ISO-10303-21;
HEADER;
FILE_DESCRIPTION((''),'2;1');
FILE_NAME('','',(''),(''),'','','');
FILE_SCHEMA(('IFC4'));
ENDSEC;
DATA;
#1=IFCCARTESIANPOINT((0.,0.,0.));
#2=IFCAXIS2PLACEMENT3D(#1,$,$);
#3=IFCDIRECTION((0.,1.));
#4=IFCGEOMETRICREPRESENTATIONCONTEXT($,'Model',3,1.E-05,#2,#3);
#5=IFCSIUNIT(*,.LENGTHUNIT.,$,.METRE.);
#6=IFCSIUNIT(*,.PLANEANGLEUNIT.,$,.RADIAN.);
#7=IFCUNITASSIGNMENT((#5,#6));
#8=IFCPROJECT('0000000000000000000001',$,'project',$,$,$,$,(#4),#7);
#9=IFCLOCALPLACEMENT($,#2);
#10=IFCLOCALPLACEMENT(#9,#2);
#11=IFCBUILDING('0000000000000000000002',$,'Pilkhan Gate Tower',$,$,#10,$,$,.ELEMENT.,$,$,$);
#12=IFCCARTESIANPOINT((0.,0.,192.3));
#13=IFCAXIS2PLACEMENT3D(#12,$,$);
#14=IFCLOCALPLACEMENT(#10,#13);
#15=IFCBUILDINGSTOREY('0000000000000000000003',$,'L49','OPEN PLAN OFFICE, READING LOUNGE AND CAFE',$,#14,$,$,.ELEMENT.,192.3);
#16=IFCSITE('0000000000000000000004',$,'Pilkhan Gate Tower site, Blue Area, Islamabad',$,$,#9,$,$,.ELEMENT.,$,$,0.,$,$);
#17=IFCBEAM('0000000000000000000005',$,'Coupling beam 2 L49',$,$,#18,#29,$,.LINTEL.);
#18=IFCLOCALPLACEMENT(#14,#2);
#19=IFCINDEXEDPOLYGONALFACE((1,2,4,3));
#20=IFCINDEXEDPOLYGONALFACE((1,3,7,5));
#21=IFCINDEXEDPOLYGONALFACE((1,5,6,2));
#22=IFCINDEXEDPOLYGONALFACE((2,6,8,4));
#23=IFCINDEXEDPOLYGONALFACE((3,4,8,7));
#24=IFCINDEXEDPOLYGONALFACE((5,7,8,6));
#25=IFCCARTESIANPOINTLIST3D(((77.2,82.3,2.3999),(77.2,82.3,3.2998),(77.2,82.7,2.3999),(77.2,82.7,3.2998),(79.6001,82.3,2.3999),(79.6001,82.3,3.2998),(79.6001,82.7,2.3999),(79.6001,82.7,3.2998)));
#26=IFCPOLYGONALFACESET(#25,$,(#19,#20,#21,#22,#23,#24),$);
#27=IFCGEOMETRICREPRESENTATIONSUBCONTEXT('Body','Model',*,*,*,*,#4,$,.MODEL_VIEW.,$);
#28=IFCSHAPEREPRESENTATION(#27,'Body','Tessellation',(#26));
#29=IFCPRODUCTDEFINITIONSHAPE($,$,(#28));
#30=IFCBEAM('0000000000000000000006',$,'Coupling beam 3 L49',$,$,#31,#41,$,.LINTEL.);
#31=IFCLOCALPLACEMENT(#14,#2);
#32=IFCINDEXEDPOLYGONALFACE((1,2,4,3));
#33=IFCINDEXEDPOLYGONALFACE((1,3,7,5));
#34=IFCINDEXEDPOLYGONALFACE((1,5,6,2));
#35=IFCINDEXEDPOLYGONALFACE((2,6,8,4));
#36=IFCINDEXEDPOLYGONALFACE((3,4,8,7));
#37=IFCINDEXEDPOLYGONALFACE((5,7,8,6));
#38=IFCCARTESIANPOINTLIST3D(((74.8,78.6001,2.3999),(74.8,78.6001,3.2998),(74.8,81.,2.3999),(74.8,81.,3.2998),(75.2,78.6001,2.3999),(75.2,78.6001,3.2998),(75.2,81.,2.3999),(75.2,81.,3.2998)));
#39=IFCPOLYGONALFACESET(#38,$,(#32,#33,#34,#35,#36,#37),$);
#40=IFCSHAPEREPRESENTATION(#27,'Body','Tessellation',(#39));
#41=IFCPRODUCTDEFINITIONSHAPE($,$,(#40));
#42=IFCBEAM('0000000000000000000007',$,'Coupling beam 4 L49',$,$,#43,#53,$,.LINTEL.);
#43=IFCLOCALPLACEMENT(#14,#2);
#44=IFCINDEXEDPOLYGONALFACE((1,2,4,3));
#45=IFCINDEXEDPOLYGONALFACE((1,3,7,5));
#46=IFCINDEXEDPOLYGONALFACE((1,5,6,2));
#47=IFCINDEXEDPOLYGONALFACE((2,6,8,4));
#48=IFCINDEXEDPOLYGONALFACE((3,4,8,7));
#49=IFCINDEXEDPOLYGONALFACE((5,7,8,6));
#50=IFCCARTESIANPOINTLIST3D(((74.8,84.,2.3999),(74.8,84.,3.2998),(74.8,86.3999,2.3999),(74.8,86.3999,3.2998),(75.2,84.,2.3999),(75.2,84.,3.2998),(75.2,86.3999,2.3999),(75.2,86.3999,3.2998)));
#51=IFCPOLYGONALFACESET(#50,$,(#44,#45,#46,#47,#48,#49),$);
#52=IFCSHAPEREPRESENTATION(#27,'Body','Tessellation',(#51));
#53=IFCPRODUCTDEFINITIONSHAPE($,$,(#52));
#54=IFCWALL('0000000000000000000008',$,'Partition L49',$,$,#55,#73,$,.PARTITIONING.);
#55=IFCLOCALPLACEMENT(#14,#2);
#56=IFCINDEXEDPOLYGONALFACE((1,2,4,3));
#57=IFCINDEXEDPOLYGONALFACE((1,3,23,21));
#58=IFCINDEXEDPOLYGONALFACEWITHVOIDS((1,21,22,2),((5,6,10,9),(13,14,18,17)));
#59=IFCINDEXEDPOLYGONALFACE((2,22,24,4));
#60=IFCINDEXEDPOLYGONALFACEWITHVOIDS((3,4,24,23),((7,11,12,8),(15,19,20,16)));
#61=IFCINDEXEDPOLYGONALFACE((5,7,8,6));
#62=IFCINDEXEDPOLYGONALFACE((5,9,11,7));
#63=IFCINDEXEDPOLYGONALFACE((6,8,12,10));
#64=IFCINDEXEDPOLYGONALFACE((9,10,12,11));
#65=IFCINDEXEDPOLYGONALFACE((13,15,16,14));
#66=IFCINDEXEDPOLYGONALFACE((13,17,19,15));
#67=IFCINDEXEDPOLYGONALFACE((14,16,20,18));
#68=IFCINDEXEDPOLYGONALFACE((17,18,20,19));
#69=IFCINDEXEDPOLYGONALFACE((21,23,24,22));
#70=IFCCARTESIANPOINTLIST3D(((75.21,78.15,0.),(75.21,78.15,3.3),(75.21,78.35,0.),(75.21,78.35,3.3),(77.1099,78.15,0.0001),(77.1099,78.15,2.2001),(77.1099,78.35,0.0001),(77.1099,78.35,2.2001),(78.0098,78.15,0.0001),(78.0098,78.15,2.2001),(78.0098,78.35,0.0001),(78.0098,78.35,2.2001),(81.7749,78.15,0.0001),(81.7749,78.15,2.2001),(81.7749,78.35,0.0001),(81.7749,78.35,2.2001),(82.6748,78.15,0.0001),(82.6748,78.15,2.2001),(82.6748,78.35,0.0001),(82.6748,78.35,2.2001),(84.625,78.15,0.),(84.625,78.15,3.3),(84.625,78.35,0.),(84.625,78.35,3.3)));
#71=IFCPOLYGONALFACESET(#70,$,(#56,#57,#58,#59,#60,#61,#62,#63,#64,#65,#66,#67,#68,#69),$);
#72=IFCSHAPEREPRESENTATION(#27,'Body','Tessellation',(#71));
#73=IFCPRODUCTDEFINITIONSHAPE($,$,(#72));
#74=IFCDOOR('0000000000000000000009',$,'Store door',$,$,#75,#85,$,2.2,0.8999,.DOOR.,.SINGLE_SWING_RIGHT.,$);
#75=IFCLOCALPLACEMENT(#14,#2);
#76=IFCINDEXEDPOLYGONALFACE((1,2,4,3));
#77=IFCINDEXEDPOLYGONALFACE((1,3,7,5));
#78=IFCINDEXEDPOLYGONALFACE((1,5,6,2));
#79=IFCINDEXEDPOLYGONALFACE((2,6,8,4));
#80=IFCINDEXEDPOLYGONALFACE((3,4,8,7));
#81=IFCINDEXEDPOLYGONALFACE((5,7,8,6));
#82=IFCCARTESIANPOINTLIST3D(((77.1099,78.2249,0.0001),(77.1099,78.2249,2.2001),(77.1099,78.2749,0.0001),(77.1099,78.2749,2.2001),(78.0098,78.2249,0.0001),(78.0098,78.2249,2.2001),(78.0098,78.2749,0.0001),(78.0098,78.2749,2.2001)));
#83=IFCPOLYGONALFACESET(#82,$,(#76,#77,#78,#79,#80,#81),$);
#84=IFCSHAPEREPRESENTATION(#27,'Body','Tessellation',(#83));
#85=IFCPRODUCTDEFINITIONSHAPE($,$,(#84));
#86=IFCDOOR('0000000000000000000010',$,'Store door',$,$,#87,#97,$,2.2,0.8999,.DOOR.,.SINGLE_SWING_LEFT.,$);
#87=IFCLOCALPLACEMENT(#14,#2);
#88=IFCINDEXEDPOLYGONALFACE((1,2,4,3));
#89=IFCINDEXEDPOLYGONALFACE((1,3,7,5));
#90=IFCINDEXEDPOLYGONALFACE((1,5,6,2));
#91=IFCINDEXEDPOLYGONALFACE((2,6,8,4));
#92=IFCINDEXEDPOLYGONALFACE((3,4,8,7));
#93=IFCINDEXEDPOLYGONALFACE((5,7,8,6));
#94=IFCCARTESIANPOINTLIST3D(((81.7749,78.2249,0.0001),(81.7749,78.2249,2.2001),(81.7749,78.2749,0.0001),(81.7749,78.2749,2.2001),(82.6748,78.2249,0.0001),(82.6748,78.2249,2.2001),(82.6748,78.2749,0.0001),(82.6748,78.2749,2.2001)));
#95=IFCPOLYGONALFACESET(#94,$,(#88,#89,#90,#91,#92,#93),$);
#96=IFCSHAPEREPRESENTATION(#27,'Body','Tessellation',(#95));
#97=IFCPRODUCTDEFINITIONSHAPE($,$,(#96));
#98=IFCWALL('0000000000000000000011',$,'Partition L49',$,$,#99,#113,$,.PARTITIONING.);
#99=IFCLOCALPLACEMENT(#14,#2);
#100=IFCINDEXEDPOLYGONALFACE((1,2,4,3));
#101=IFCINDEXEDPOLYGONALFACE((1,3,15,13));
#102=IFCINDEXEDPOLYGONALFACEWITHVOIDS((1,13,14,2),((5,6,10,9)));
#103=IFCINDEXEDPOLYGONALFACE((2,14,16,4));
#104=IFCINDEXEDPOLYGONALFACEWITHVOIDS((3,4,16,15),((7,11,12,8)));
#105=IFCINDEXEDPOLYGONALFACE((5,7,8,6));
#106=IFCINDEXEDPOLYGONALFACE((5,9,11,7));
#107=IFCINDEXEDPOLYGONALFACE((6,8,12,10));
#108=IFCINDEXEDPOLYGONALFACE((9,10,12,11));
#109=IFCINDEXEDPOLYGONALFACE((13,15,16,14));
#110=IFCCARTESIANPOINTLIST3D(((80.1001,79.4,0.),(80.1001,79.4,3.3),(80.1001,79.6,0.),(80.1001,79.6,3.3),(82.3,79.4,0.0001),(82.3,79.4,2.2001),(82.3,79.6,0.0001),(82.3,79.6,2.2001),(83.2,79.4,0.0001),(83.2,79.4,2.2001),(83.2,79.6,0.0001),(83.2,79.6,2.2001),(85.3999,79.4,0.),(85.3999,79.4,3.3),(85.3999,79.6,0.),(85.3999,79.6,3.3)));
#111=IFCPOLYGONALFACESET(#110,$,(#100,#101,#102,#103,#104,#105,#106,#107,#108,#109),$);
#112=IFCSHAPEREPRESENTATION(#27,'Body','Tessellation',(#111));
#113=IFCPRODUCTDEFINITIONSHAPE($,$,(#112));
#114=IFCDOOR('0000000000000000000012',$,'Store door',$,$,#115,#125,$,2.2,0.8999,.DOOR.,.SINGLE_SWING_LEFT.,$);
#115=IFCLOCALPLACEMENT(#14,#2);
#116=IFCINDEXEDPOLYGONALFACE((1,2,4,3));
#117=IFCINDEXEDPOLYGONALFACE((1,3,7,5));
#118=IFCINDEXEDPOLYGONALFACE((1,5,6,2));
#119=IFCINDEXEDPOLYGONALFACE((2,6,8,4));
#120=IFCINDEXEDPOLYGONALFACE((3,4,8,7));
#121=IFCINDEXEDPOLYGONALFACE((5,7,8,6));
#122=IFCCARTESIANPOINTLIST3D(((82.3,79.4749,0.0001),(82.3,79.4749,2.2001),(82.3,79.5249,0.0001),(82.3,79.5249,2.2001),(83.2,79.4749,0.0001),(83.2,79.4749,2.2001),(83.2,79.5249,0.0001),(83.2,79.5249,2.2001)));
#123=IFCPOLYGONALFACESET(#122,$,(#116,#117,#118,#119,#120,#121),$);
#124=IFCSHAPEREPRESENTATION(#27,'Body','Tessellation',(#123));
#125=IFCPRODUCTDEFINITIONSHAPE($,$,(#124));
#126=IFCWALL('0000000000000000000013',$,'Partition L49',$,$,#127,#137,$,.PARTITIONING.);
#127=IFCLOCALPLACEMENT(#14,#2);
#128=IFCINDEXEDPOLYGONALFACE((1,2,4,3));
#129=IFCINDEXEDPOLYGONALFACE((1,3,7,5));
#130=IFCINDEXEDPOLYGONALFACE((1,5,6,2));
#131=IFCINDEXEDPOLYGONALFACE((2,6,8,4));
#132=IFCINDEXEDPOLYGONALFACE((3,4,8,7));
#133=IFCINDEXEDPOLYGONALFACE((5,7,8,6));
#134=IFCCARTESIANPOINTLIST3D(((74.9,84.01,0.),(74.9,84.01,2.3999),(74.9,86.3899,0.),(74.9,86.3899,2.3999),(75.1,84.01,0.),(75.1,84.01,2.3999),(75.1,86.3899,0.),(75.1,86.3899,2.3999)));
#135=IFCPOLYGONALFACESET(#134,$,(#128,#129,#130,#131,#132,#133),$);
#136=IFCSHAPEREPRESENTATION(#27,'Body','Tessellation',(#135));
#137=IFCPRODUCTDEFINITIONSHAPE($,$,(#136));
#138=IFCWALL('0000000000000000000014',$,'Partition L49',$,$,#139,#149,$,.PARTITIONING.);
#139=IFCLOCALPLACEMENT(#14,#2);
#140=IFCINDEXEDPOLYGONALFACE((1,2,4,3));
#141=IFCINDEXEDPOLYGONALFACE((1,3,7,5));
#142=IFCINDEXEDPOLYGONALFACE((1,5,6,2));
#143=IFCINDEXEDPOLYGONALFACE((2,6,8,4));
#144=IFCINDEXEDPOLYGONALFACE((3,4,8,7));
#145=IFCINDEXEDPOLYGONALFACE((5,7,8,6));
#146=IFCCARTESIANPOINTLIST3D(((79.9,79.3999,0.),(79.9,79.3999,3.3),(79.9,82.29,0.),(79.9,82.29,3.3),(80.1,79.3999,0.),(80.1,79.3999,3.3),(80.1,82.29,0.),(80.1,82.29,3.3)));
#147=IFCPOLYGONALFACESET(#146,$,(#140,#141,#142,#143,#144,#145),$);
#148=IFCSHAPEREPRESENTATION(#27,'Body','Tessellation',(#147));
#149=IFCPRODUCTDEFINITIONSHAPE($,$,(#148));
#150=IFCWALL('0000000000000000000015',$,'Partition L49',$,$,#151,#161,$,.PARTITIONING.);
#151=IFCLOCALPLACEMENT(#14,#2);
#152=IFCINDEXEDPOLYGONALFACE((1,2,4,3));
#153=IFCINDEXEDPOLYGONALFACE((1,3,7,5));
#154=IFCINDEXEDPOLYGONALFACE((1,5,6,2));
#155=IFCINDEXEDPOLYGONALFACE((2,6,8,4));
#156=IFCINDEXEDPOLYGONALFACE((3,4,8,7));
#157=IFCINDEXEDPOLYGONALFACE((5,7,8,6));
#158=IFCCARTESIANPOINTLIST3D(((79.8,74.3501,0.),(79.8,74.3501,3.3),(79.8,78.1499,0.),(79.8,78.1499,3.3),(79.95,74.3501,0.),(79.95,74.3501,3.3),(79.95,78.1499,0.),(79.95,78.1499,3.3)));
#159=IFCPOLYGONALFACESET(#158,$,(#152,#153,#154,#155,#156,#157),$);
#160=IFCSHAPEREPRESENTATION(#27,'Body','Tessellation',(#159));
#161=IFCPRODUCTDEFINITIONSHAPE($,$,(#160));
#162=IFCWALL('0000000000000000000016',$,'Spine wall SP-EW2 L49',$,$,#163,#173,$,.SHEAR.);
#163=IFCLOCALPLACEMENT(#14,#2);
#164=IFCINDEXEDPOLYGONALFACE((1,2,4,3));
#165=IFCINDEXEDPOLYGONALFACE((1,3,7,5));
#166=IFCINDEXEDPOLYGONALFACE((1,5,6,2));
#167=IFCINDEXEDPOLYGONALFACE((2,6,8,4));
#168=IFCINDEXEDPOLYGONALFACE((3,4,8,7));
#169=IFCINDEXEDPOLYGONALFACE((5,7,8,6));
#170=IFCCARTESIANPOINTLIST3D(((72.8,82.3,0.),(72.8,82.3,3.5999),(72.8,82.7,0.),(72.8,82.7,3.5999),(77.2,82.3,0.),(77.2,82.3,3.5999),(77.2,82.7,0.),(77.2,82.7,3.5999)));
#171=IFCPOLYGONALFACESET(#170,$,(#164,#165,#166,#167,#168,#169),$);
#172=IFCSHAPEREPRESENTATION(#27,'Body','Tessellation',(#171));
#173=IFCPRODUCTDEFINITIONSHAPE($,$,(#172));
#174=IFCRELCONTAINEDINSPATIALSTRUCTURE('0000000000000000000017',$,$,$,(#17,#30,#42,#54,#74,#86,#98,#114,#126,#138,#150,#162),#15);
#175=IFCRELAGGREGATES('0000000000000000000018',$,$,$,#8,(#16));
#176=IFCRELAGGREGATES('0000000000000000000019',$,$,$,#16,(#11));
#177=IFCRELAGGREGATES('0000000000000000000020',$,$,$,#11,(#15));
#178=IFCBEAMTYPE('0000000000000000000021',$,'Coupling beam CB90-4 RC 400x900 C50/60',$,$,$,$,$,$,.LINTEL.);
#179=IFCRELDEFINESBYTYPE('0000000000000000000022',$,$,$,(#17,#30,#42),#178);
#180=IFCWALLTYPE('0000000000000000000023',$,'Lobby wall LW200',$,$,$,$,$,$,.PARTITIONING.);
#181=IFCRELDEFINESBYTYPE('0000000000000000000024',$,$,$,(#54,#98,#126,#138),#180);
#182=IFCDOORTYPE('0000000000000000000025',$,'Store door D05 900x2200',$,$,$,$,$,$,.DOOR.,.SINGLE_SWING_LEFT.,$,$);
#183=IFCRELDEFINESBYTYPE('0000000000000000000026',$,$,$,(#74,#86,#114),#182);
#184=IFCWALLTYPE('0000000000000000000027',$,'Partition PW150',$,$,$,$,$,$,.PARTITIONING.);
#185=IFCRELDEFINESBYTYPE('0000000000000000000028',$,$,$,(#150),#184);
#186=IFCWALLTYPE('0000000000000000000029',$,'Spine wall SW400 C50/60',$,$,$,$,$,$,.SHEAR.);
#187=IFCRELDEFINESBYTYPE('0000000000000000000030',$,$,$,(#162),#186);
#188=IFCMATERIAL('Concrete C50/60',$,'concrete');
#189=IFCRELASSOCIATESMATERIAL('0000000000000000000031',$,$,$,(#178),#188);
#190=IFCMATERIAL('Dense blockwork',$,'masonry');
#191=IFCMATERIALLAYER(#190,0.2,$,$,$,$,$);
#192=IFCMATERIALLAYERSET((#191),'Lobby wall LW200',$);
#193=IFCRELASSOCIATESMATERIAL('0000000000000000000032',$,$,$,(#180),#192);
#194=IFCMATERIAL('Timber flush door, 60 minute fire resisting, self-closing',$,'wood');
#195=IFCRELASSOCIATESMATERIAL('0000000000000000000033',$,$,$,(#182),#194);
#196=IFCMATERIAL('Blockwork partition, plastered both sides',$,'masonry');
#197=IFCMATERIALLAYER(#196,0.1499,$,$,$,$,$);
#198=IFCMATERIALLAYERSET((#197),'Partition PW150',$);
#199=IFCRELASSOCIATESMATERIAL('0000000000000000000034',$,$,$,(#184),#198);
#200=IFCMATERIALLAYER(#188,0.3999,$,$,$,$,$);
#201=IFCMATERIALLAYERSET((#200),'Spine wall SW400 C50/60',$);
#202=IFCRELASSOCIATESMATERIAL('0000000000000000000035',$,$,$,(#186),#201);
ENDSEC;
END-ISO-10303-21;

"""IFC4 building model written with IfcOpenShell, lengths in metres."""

from ifc_helpers import new_model, si_unit, direction, frame, frame_2d, origin, origin_2d, place, context, subcontext, project, spatial, rectangle, extrude, material, layer, layer_set, material_profile, profile_set, type_object, element, fill, save


model = new_model("IFC4")

# Units and contexts
model_context = context("Model", 3, precision=1e-05, world=origin(), true_north=direction((0.0, 1.0)))
body_context = subcontext(model_context, "Body", "Model", "MODEL_VIEW")
ifc_project = project(units=[si_unit("LENGTHUNIT", "METRE"), si_unit("PLANEANGLEUNIT", "RADIAN")], contexts=[model_context])

# Site, building, storey
site_placement = place(None, origin())
site = spatial("IfcSite", under=ifc_project, at=site_placement, Name="Pilkhan Gate Tower site, Blue Area, Islamabad", CompositionType="ELEMENT", RefElevation=0.0)
building_placement = place(site_placement, origin())
building = spatial("IfcBuilding", under=site, at=building_placement, Name="Pilkhan Gate Tower", CompositionType="ELEMENT")
storey_placement = place(building_placement, frame((0.0, 0.0, 192.3)))
storey = spatial("IfcBuildingStorey", under=building, at=storey_placement, Name="L49", Description="OPEN PLAN OFFICE, READING LOUNGE AND CAFE", CompositionType="ELEMENT", Elevation=192.3)

# Beams
ifc_material_1 = material(Name="Concrete C50/60", Category="concrete")
ifc_material_profile = material_profile(ifc_material_1, rectangle(XDim=0.3999, YDim=0.8999, at=origin_2d()), Name="RC 400x900")
ifc_profile_set = profile_set([ifc_material_profile], Name="Concrete C50/60")
beam_type = type_object("IfcBeamType", Name="Coupling beam CB90-4 RC 400x900 C50/60", PredefinedType="LINTEL", material=ifc_profile_set)
beam_placement = place(storey_placement, frame((77.2, 82.5, 2.8499), z_axis=(1.0, 0.0, 0.0), x_axis=(0.0, 1.0, 0.0)))
element("IfcBeam", 1, at=beam_placement, inside=storey, type_object=beam_type, Name="Coupling beam 2 L49", PredefinedType="LINTEL", context=body_context, shape_type="SweptSolid", body=[
    extrude(rectangle(XDim=0.3999, YDim=0.8999, at=origin_2d()), origin(), (0.0, 0.0, 1.0), 2.4001),
])
for number, where, z_axis, x_axis, name in (
    (2, (75.0, 78.6001, 2.8499), (0.0, 1.0, 0.0), (-1.0, 0.0, 0.0), "Coupling beam 3 L49"),
    (3, (75.0, 84.0, 2.8499), (0.0, 1.0, 0.0), (-1.0, 0.0, 0.0), "Coupling beam 4 L49"),
):
    element("IfcBeam", number, at=place(storey_placement, frame(where, z_axis=z_axis, x_axis=x_axis)), inside=storey, type_object=beam_type, Name=name, PredefinedType="LINTEL", context=body_context, shape_type="SweptSolid", body=[
        extrude(rectangle(XDim=0.3999, YDim=0.8999, at=origin_2d()), origin(), (0.0, 0.0, 1.0), 2.3999),
    ])

# Wall, openings, doors
ifc_material_2 = material(Name="Dense blockwork", Category="masonry")
ifc_layer_1 = layer(ifc_material_2, 0.2)
ifc_layer_set_1 = layer_set([ifc_layer_1], Name="Lobby wall LW200")
wall_type_1 = type_object("IfcWallType", Name="Lobby wall LW200", PredefinedType="PARTITIONING", material=ifc_layer_set_1)
wall_1_placement = place(storey_placement, frame((75.21, 78.25, 0.0), z_axis=(0.0, 0.0, 1.0), x_axis=(1.0, 0.0, 0.0)))
wall_1 = element("IfcWall", 4, at=wall_1_placement, inside=storey, type_object=wall_type_1, Name="Partition L49", PredefinedType="PARTITIONING", context=body_context, shape_type="SweptSolid", body=[
    extrude(rectangle(XDim=9.415, YDim=0.2, at=frame_2d((4.7075, 0.0))), origin(), (0.0, 0.0, 1.0), 3.3),
])
opening_1_placement = place(wall_1_placement, frame((1.8999, 0.0, 0.0)))
opening_1 = element("IfcOpeningElement", 5, at=opening_1_placement, cuts=wall_1, PredefinedType="OPENING", context=body_context, shape_type="SweptSolid", body=[
    extrude(rectangle(XDim=0.8999, YDim=2.2, at=frame_2d((0.45, 1.1001))), frame((0.0, 0.1099, 0.0), z_axis=(0.0, -1.0, 0.0), x_axis=(1.0, 0.0, 0.0)), (0.0, 0.0, 1.0), 0.22),
])
opening_2_placement = place(wall_1_placement, frame((6.5649, 0.0, 0.0)))
opening_2 = element("IfcOpeningElement", 6, at=opening_2_placement, cuts=wall_1, PredefinedType="OPENING", context=body_context, shape_type="SweptSolid", body=[
    extrude(rectangle(XDim=0.8999, YDim=2.2, at=frame_2d((0.45, 1.1001))), frame((0.0, 0.1099, 0.0), z_axis=(0.0, -1.0, 0.0), x_axis=(1.0, 0.0, 0.0)), (0.0, 0.0, 1.0), 0.22),
])
ifc_material_3 = material(Name="Timber flush door, 60 minute fire resisting, self-closing", Category="wood")
door_type = type_object("IfcDoorType", Name="Store door D05 900x2200", OperationType="SINGLE_SWING_LEFT", PredefinedType="DOOR", material=ifc_material_3)
door_1_placement = place(opening_1_placement, origin())
door_1 = element("IfcDoor", 7, at=door_1_placement, inside=storey, type_object=door_type, Name="Store door", OperationType="SINGLE_SWING_RIGHT", OverallHeight=2.2, OverallWidth=0.8999, PredefinedType="DOOR", context=body_context, shape_type="SweptSolid", body=[
    extrude(rectangle(XDim=0.8999, YDim=2.2, at=frame_2d((0.45, 1.1001))), frame((0.0, 0.0249, 0.0), z_axis=(0.0, -1.0, 0.0), x_axis=(1.0, 0.0, 0.0)), (0.0, 0.0, 1.0), 0.05),
])
fill(opening_1, door_1)
door_2_placement = place(opening_2_placement, origin())
door_2 = element("IfcDoor", 8, at=door_2_placement, inside=storey, type_object=door_type, Name="Store door", OperationType="SINGLE_SWING_LEFT", OverallHeight=2.2, OverallWidth=0.8999, PredefinedType="DOOR", context=body_context, shape_type="SweptSolid", body=[
    extrude(rectangle(XDim=0.8999, YDim=2.2, at=frame_2d((0.45, 1.1001))), frame((0.0, 0.0249, 0.0), z_axis=(0.0, -1.0, 0.0), x_axis=(1.0, 0.0, 0.0)), (0.0, 0.0, 1.0), 0.05),
])
fill(opening_2, door_2)

# Wall, opening, door
wall_2_placement = place(storey_placement, frame((80.1001, 79.5, 0.0), z_axis=(0.0, 0.0, 1.0), x_axis=(1.0, 0.0, 0.0)))
wall_2 = element("IfcWall", 9, at=wall_2_placement, inside=storey, type_object=wall_type_1, Name="Partition L49", PredefinedType="PARTITIONING", context=body_context, shape_type="SweptSolid", body=[
    extrude(rectangle(XDim=5.2998, YDim=0.2, at=frame_2d((2.6499, 0.0))), origin(), (0.0, 0.0, 1.0), 3.3),
])
opening_3_placement = place(wall_2_placement, frame((2.2, 0.0, 0.0)))
opening_3 = element("IfcOpeningElement", 10, at=opening_3_placement, cuts=wall_2, PredefinedType="OPENING", context=body_context, shape_type="SweptSolid", body=[
    extrude(rectangle(XDim=0.8999, YDim=2.2, at=frame_2d((0.45, 1.1001))), frame((0.0, 0.1099, 0.0), z_axis=(0.0, -1.0, 0.0), x_axis=(1.0, 0.0, 0.0)), (0.0, 0.0, 1.0), 0.22),
])
door_3_placement = place(opening_3_placement, origin())
door_3 = element("IfcDoor", 11, at=door_3_placement, inside=storey, type_object=door_type, Name="Store door", OperationType="SINGLE_SWING_LEFT", OverallHeight=2.2, OverallWidth=0.8999, PredefinedType="DOOR", context=body_context, shape_type="SweptSolid", body=[
    extrude(rectangle(XDim=0.8999, YDim=2.2, at=frame_2d((0.45, 1.1001))), frame((0.0, 0.0249, 0.0), z_axis=(0.0, -1.0, 0.0), x_axis=(1.0, 0.0, 0.0)), (0.0, 0.0, 1.0), 0.05),
])
fill(opening_3, door_3)

# Walls
wall_3_placement = place(storey_placement, frame((75.0, 84.01, 0.0), z_axis=(0.0, 0.0, 1.0), x_axis=(0.0, 1.0, 0.0)))
element("IfcWall", 12, at=wall_3_placement, inside=storey, type_object=wall_type_1, Name="Partition L49", PredefinedType="PARTITIONING", context=body_context, shape_type="SweptSolid", body=[
    extrude(rectangle(XDim=2.3799, YDim=0.2, at=frame_2d((1.1899, 0.0))), origin(), (0.0, 0.0, 1.0), 2.3999),
])
wall_4_placement = place(storey_placement, frame((80.0, 79.3999, 0.0), z_axis=(0.0, 0.0, 1.0), x_axis=(0.0, 1.0, 0.0)))
element("IfcWall", 13, at=wall_4_placement, inside=storey, type_object=wall_type_1, Name="Partition L49", PredefinedType="PARTITIONING", context=body_context, shape_type="SweptSolid", body=[
    extrude(rectangle(XDim=2.8901, YDim=0.2, at=frame_2d((1.4451, 0.0))), origin(), (0.0, 0.0, 1.0), 3.3),
])
ifc_material_4 = material(Name="Blockwork partition, plastered both sides", Category="masonry")
ifc_layer_2 = layer(ifc_material_4, 0.1499)
ifc_layer_set_2 = layer_set([ifc_layer_2], Name="Partition PW150")
wall_type_2 = type_object("IfcWallType", Name="Partition PW150", PredefinedType="PARTITIONING", material=ifc_layer_set_2)
wall_5_placement = place(storey_placement, frame((79.875, 74.3501, 0.0), z_axis=(0.0, 0.0, 1.0), x_axis=(0.0, 1.0, 0.0)))
element("IfcWall", 14, at=wall_5_placement, inside=storey, type_object=wall_type_2, Name="Partition L49", PredefinedType="PARTITIONING", context=body_context, shape_type="SweptSolid", body=[
    extrude(rectangle(XDim=3.7998, YDim=0.1499, at=frame_2d((1.8999, 0.0))), origin(), (0.0, 0.0, 1.0), 3.3),
])
ifc_layer_3 = layer(ifc_material_1, 0.3999)
ifc_layer_set_3 = layer_set([ifc_layer_3], Name="Spine wall SW400 C50/60")
wall_type_3 = type_object("IfcWallType", Name="Spine wall SW400 C50/60", PredefinedType="SHEAR", material=ifc_layer_set_3)
wall_6_placement = place(storey_placement, frame((72.8, 82.5, 0.0), z_axis=(0.0, 0.0, 1.0), x_axis=(1.0, 0.0, 0.0)))
element("IfcWall", 15, at=wall_6_placement, inside=storey, type_object=wall_type_3, Name="Spine wall SP-EW2 L49", PredefinedType="SHEAR", context=body_context, shape_type="SweptSolid", body=[
    extrude(rectangle(XDim=4.3999, YDim=0.3999, at=frame_2d((2.2, 0.0))), origin(), (0.0, 0.0, 1.0), 3.5999),
])

save(model, "model.ifc")
